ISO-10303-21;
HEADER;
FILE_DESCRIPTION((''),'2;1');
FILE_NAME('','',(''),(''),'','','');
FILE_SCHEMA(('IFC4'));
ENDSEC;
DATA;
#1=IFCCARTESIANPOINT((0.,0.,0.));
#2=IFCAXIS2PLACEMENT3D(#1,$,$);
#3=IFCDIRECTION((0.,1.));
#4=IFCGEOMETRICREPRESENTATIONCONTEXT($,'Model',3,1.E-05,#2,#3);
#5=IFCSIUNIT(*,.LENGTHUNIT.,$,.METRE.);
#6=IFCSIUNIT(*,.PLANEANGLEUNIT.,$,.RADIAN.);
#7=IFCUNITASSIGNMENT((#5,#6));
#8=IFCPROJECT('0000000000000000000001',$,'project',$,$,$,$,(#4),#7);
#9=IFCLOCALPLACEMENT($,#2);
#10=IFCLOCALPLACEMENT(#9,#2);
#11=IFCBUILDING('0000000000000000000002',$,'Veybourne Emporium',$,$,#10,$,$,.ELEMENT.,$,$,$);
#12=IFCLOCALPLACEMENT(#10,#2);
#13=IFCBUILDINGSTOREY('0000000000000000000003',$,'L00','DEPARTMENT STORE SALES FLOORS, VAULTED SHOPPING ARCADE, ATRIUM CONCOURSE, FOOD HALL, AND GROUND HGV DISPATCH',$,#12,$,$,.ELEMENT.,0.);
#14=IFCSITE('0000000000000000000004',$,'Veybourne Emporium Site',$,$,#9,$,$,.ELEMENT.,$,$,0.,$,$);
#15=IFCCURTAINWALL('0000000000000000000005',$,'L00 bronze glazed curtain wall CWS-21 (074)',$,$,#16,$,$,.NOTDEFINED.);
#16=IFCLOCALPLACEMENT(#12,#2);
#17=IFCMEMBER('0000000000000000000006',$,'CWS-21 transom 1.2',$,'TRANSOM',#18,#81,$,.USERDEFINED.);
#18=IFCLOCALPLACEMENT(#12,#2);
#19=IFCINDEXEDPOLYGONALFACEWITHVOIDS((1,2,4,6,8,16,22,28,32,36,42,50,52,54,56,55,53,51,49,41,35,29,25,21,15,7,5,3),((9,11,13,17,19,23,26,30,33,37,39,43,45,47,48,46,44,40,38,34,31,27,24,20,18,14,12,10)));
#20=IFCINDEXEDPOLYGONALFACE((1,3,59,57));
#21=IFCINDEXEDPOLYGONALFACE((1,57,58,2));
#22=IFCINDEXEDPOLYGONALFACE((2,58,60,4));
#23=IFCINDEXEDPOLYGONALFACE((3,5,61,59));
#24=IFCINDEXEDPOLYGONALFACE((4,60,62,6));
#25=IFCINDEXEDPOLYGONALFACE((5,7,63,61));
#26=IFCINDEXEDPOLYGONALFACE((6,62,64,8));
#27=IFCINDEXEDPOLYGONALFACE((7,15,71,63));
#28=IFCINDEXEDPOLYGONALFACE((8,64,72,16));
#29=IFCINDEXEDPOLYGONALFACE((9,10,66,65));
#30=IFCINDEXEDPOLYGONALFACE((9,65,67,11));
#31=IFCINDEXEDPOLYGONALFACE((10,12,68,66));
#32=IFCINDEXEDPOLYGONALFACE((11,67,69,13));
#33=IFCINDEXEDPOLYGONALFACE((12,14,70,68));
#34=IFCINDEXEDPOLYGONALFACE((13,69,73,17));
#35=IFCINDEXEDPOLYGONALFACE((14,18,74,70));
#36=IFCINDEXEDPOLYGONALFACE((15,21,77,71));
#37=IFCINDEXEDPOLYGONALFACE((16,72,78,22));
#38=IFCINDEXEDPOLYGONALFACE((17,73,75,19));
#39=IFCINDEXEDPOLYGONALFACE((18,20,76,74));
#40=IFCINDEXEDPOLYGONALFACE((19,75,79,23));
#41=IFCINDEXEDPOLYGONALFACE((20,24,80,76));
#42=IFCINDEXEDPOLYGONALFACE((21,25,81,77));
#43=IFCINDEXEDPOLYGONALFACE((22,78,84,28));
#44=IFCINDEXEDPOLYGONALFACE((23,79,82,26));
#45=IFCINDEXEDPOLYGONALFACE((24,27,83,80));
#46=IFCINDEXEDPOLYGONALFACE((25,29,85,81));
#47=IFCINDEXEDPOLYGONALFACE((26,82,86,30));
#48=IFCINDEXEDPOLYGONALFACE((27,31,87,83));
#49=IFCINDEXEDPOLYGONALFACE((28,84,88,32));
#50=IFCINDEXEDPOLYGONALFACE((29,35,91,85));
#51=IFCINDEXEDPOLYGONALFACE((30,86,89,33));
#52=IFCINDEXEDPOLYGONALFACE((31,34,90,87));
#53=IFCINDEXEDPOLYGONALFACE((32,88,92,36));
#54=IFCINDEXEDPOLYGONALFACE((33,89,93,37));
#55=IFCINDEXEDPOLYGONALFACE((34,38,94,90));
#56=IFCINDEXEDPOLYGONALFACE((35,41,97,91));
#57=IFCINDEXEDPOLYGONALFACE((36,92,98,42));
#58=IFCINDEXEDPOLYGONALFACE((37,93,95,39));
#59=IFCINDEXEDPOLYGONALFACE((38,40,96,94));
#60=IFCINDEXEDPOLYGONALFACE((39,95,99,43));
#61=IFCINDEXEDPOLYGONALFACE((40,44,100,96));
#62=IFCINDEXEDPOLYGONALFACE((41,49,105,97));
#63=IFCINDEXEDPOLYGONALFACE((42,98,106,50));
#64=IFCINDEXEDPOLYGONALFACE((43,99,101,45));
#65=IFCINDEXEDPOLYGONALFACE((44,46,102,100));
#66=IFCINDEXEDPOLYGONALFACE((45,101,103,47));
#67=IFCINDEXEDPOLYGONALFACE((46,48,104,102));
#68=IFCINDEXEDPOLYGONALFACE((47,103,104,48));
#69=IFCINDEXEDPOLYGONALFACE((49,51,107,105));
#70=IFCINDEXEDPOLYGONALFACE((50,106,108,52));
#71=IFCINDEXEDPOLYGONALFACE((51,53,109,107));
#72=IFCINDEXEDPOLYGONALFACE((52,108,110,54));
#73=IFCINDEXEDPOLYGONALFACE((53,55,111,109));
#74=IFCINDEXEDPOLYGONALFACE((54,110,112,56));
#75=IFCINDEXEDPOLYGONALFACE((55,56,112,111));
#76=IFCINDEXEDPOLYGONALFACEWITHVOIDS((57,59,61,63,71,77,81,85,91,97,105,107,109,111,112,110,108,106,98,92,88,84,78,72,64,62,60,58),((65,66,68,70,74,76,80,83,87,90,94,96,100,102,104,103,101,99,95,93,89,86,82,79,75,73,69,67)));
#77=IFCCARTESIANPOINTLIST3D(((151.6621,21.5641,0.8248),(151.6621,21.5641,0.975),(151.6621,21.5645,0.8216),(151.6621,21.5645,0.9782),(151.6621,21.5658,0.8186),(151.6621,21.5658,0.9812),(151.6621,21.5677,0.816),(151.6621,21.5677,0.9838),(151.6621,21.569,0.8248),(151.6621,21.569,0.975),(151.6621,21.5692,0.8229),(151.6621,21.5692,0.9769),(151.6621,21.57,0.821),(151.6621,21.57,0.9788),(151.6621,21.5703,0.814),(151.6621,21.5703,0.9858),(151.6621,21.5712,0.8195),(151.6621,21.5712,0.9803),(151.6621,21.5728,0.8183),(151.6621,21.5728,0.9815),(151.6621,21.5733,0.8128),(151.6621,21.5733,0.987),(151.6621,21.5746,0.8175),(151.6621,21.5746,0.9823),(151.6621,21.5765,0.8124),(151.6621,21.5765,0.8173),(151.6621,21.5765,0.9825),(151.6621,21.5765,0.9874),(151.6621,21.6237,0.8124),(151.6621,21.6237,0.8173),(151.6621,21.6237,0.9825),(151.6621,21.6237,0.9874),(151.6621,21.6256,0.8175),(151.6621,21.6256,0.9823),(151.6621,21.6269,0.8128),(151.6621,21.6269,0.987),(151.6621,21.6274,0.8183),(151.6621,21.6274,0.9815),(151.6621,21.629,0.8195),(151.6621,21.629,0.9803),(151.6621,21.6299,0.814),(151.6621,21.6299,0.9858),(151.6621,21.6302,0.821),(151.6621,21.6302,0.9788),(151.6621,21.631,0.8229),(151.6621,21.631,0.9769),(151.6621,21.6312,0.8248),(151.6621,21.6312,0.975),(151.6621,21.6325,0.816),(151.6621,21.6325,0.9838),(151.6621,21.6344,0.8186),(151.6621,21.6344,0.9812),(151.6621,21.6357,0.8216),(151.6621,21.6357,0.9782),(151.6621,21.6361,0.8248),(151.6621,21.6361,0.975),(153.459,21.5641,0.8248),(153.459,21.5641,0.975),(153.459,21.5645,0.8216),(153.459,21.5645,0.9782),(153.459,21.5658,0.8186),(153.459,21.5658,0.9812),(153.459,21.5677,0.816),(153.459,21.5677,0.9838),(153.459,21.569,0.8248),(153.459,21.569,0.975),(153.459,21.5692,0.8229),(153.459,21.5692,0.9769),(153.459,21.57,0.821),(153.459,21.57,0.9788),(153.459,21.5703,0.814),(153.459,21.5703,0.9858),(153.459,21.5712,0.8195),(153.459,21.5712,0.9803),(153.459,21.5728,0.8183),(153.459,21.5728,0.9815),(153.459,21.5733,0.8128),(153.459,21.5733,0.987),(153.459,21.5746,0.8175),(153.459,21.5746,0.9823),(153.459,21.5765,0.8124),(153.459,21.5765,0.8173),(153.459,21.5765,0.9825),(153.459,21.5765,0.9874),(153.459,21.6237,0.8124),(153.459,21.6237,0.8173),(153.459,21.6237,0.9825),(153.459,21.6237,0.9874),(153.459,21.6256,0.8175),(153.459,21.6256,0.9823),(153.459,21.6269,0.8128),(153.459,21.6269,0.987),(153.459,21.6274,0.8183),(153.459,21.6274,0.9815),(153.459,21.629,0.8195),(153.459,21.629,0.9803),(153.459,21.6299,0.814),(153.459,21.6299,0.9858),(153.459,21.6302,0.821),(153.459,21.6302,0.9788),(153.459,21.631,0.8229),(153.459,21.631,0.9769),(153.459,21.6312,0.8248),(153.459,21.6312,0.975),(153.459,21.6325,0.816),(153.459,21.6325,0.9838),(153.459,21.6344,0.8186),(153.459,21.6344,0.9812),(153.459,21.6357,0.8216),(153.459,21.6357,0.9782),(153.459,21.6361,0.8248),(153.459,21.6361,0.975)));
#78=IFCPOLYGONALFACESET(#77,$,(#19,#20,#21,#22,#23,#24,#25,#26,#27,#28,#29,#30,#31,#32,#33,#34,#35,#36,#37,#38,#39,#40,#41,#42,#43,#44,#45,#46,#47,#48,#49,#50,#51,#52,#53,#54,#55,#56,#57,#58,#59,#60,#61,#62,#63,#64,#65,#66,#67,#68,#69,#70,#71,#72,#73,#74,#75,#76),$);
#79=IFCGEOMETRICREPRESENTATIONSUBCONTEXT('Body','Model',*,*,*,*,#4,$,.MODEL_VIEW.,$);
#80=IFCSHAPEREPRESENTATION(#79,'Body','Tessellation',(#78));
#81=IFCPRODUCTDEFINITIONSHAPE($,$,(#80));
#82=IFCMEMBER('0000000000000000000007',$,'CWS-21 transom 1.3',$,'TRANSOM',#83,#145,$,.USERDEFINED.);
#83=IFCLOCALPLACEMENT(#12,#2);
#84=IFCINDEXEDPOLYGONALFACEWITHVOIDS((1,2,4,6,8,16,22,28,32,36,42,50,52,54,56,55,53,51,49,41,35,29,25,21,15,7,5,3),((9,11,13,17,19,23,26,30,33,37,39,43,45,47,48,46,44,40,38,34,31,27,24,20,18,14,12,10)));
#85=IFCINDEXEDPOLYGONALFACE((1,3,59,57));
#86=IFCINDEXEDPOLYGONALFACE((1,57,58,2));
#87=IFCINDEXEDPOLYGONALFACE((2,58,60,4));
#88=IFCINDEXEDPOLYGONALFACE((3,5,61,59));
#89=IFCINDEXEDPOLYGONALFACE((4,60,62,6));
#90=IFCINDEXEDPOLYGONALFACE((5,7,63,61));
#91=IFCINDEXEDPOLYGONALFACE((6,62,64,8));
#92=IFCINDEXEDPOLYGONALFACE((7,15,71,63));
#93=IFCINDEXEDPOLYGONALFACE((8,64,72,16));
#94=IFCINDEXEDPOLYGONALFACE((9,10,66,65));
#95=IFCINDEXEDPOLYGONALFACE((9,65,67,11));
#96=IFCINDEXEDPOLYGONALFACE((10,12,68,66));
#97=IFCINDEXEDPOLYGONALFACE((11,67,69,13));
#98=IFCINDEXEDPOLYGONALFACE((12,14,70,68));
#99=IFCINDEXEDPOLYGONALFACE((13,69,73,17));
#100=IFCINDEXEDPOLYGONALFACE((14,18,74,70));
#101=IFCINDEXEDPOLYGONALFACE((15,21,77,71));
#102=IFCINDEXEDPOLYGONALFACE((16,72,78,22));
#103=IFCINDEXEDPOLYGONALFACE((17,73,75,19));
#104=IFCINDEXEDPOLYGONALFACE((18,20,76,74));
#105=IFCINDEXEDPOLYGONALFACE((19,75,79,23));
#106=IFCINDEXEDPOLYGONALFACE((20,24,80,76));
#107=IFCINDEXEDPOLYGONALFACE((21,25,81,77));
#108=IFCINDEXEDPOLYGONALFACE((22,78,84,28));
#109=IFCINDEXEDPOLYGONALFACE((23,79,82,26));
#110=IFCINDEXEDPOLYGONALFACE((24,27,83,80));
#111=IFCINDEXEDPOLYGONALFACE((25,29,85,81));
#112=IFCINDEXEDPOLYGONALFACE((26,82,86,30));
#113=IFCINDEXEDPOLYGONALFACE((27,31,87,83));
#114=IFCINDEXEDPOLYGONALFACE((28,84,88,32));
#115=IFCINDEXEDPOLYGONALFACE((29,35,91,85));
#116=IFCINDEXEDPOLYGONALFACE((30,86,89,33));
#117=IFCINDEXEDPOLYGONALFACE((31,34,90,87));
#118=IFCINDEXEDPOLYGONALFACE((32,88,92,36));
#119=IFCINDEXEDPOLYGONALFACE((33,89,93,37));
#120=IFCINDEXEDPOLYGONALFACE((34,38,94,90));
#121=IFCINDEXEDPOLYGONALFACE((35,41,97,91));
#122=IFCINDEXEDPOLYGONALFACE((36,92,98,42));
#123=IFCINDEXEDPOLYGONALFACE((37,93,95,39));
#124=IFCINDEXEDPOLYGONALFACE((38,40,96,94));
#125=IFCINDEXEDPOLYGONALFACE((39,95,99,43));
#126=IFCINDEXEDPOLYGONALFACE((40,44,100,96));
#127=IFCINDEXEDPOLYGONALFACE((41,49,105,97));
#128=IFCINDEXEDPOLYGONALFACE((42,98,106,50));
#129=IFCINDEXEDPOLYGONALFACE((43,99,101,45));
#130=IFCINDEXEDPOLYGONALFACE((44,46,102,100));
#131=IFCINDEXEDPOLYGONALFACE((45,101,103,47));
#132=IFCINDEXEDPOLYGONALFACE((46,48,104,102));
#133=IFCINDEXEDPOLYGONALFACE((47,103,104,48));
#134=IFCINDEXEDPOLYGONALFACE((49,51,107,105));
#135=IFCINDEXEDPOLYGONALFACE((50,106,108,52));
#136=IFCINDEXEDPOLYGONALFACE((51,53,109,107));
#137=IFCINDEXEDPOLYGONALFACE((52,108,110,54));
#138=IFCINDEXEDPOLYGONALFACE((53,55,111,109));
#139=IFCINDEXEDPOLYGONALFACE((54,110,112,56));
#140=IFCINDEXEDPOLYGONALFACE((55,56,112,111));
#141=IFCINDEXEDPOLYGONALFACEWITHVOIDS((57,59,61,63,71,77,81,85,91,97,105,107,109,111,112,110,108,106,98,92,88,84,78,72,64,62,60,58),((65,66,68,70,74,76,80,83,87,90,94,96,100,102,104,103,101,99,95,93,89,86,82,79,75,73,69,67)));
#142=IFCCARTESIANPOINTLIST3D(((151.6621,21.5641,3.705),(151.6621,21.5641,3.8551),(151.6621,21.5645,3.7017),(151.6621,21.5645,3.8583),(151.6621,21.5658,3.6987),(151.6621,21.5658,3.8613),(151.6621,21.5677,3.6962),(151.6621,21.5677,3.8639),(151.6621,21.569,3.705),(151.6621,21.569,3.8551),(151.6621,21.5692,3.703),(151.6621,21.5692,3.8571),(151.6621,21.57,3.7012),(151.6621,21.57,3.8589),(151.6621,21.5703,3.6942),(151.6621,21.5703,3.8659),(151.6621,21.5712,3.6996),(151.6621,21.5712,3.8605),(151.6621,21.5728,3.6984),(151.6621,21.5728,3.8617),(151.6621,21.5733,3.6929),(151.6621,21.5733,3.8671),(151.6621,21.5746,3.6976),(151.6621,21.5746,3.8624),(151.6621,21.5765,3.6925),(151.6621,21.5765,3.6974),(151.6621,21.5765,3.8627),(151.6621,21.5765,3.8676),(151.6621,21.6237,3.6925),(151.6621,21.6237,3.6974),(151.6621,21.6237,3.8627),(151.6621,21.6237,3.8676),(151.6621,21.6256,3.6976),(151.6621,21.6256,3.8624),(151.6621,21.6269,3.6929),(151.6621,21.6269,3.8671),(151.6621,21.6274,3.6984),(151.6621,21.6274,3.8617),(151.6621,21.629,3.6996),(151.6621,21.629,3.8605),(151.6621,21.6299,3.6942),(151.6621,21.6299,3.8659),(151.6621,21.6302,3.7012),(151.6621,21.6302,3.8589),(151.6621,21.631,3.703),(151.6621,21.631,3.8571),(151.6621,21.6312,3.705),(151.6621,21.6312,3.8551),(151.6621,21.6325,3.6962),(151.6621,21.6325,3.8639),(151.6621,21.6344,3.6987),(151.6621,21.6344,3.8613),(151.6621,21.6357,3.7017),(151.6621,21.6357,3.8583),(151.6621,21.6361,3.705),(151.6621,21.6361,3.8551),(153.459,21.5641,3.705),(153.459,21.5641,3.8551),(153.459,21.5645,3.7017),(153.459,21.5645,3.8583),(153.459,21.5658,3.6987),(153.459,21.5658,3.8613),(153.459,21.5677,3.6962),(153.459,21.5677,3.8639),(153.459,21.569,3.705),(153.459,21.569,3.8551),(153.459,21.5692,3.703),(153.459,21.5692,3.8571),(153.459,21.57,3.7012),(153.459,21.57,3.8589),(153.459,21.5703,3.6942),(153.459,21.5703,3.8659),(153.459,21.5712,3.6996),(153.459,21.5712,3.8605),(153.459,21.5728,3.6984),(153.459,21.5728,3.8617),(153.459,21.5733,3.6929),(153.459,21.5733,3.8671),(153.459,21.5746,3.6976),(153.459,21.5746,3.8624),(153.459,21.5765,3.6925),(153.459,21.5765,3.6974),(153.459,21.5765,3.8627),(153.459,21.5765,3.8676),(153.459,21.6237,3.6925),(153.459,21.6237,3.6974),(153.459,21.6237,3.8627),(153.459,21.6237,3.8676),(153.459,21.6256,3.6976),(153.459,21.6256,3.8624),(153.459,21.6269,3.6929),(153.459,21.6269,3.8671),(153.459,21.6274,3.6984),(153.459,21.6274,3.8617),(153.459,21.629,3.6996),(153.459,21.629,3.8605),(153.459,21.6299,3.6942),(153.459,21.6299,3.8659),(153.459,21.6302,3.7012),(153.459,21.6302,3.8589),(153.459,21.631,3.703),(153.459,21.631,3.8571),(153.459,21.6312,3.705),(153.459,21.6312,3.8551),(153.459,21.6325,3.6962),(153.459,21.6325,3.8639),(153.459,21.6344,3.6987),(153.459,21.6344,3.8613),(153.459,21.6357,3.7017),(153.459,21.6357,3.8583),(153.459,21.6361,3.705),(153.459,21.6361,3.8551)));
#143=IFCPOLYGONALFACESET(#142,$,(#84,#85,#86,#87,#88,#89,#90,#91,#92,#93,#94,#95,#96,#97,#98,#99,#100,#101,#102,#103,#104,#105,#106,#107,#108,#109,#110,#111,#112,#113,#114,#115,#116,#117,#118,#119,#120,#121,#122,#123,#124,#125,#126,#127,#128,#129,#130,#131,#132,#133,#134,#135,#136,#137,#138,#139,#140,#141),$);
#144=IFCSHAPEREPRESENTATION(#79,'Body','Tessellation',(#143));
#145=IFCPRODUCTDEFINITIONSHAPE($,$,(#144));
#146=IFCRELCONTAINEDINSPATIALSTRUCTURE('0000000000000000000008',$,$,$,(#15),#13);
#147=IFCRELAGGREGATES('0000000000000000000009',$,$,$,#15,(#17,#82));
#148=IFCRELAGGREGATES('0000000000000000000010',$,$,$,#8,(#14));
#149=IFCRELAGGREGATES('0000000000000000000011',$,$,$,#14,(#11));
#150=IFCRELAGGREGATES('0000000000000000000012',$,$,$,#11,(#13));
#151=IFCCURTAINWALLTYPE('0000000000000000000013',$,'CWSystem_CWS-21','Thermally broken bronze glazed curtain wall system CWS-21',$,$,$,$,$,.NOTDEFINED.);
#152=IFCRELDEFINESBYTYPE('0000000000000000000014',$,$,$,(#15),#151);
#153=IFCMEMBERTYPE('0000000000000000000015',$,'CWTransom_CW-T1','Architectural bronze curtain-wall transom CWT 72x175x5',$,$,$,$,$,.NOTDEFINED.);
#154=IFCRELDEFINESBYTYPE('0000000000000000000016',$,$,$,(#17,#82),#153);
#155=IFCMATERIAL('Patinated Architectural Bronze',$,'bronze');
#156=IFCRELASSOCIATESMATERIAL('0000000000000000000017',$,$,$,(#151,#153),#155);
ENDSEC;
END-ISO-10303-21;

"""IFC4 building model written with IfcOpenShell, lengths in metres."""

from ifc_helpers import new_model, si_unit, direction, frame, origin, origin_2d, place, context, subcontext, project, spatial, hollow_rectangle, extrude, material, material_profile, profile_set, type_object, element, aggregate, save


model = new_model("IFC4")

# Units and contexts
model_context = context("Model", 3, precision=1e-05, world=origin(), true_north=direction((0.0, 1.0)))
body_context = subcontext(model_context, "Body", "Model", "MODEL_VIEW")
ifc_project = project(units=[si_unit("LENGTHUNIT", "METRE"), si_unit("PLANEANGLEUNIT", "RADIAN")], contexts=[model_context])

# Site, building, storey
site_placement = place(None, origin())
site = spatial("IfcSite", under=ifc_project, at=site_placement, Name="Veybourne Emporium Site", CompositionType="ELEMENT", RefElevation=0.0)
building_placement = place(site_placement, origin())
building = spatial("IfcBuilding", under=site, at=building_placement, Name="Veybourne Emporium", CompositionType="ELEMENT")
storey_placement = place(building_placement, origin())
storey = spatial("IfcBuildingStorey", under=building, at=storey_placement, Name="L00", Description="DEPARTMENT STORE SALES FLOORS, VAULTED SHOPPING ARCADE, ATRIUM CONCOURSE, FOOD HALL, AND GROUND HGV DISPATCH", CompositionType="ELEMENT", Elevation=0.0)

# Curtain wall
ifc_material_1 = material(Name="Patinated Architectural Bronze", Category="bronze")
curtain_wall_type_1 = type_object("IfcCurtainWallType", Name="CWSystem_CWS-21", Description="Thermally broken bronze glazed curtain wall system CWS-21", PredefinedType="NOTDEFINED", material=ifc_material_1)
curtain_wall_1_placement = place(storey_placement, origin())
curtain_wall_1 = element("IfcCurtainWall", 1, at=curtain_wall_1_placement, inside=storey, type_object=curtain_wall_type_1, Name="L00 bronze glazed curtain wall CWS-21 (074)", PredefinedType="NOTDEFINED")

# Members
ifc_material_profile_1 = material_profile(ifc_material_1, hollow_rectangle(XDim=0.072, YDim=0.175, WallThickness=0.0049, InnerFilletRadius=0.0076, OuterFilletRadius=0.0125, at=origin_2d()), Name="CWT 72x175x5")
ifc_profile_set_1 = profile_set([ifc_material_profile_1], Name="Patinated Architectural Bronze")
member_type_1 = type_object("IfcMemberType", Name="CWTransom_CW-T1", Description="Architectural bronze curtain-wall transom CWT 72x175x5", PredefinedType="NOTDEFINED", material=ifc_profile_set_1)
member_1_placement = place(storey_placement, frame((151.6621, 21.6001, 0.8999), z_axis=(1.0, 0.0, 0.0), x_axis=(0.0, 1.0, 0.0)))
member_1 = element("IfcMember", 2, at=member_1_placement, type_object=member_type_1, Name="CWS-21 transom 1.2", ObjectType="TRANSOM", PredefinedType="USERDEFINED", context=body_context, shape_type="SweptSolid", body=[
    extrude(hollow_rectangle(XDim=0.072, YDim=0.175, WallThickness=0.0049, InnerFilletRadius=0.0076, OuterFilletRadius=0.0125, at=origin_2d()), origin(), (0.0, 0.0, 1.0), 1.7969),
])
member_2_placement = place(storey_placement, frame((151.6621, 21.6001, 3.78), z_axis=(1.0, 0.0, 0.0), x_axis=(0.0, 1.0, 0.0)))
member_2 = element("IfcMember", 3, at=member_2_placement, type_object=member_type_1, Name="CWS-21 transom 1.3", ObjectType="TRANSOM", PredefinedType="USERDEFINED", context=body_context, shape_type="SweptSolid", body=[
    extrude(hollow_rectangle(XDim=0.072, YDim=0.175, WallThickness=0.0049, InnerFilletRadius=0.0076, OuterFilletRadius=0.0125, at=origin_2d()), origin(), (0.0, 0.0, 1.0), 1.7969),
])

aggregate(curtain_wall_1, [member_1, member_2])

save(model, "model.ifc")
